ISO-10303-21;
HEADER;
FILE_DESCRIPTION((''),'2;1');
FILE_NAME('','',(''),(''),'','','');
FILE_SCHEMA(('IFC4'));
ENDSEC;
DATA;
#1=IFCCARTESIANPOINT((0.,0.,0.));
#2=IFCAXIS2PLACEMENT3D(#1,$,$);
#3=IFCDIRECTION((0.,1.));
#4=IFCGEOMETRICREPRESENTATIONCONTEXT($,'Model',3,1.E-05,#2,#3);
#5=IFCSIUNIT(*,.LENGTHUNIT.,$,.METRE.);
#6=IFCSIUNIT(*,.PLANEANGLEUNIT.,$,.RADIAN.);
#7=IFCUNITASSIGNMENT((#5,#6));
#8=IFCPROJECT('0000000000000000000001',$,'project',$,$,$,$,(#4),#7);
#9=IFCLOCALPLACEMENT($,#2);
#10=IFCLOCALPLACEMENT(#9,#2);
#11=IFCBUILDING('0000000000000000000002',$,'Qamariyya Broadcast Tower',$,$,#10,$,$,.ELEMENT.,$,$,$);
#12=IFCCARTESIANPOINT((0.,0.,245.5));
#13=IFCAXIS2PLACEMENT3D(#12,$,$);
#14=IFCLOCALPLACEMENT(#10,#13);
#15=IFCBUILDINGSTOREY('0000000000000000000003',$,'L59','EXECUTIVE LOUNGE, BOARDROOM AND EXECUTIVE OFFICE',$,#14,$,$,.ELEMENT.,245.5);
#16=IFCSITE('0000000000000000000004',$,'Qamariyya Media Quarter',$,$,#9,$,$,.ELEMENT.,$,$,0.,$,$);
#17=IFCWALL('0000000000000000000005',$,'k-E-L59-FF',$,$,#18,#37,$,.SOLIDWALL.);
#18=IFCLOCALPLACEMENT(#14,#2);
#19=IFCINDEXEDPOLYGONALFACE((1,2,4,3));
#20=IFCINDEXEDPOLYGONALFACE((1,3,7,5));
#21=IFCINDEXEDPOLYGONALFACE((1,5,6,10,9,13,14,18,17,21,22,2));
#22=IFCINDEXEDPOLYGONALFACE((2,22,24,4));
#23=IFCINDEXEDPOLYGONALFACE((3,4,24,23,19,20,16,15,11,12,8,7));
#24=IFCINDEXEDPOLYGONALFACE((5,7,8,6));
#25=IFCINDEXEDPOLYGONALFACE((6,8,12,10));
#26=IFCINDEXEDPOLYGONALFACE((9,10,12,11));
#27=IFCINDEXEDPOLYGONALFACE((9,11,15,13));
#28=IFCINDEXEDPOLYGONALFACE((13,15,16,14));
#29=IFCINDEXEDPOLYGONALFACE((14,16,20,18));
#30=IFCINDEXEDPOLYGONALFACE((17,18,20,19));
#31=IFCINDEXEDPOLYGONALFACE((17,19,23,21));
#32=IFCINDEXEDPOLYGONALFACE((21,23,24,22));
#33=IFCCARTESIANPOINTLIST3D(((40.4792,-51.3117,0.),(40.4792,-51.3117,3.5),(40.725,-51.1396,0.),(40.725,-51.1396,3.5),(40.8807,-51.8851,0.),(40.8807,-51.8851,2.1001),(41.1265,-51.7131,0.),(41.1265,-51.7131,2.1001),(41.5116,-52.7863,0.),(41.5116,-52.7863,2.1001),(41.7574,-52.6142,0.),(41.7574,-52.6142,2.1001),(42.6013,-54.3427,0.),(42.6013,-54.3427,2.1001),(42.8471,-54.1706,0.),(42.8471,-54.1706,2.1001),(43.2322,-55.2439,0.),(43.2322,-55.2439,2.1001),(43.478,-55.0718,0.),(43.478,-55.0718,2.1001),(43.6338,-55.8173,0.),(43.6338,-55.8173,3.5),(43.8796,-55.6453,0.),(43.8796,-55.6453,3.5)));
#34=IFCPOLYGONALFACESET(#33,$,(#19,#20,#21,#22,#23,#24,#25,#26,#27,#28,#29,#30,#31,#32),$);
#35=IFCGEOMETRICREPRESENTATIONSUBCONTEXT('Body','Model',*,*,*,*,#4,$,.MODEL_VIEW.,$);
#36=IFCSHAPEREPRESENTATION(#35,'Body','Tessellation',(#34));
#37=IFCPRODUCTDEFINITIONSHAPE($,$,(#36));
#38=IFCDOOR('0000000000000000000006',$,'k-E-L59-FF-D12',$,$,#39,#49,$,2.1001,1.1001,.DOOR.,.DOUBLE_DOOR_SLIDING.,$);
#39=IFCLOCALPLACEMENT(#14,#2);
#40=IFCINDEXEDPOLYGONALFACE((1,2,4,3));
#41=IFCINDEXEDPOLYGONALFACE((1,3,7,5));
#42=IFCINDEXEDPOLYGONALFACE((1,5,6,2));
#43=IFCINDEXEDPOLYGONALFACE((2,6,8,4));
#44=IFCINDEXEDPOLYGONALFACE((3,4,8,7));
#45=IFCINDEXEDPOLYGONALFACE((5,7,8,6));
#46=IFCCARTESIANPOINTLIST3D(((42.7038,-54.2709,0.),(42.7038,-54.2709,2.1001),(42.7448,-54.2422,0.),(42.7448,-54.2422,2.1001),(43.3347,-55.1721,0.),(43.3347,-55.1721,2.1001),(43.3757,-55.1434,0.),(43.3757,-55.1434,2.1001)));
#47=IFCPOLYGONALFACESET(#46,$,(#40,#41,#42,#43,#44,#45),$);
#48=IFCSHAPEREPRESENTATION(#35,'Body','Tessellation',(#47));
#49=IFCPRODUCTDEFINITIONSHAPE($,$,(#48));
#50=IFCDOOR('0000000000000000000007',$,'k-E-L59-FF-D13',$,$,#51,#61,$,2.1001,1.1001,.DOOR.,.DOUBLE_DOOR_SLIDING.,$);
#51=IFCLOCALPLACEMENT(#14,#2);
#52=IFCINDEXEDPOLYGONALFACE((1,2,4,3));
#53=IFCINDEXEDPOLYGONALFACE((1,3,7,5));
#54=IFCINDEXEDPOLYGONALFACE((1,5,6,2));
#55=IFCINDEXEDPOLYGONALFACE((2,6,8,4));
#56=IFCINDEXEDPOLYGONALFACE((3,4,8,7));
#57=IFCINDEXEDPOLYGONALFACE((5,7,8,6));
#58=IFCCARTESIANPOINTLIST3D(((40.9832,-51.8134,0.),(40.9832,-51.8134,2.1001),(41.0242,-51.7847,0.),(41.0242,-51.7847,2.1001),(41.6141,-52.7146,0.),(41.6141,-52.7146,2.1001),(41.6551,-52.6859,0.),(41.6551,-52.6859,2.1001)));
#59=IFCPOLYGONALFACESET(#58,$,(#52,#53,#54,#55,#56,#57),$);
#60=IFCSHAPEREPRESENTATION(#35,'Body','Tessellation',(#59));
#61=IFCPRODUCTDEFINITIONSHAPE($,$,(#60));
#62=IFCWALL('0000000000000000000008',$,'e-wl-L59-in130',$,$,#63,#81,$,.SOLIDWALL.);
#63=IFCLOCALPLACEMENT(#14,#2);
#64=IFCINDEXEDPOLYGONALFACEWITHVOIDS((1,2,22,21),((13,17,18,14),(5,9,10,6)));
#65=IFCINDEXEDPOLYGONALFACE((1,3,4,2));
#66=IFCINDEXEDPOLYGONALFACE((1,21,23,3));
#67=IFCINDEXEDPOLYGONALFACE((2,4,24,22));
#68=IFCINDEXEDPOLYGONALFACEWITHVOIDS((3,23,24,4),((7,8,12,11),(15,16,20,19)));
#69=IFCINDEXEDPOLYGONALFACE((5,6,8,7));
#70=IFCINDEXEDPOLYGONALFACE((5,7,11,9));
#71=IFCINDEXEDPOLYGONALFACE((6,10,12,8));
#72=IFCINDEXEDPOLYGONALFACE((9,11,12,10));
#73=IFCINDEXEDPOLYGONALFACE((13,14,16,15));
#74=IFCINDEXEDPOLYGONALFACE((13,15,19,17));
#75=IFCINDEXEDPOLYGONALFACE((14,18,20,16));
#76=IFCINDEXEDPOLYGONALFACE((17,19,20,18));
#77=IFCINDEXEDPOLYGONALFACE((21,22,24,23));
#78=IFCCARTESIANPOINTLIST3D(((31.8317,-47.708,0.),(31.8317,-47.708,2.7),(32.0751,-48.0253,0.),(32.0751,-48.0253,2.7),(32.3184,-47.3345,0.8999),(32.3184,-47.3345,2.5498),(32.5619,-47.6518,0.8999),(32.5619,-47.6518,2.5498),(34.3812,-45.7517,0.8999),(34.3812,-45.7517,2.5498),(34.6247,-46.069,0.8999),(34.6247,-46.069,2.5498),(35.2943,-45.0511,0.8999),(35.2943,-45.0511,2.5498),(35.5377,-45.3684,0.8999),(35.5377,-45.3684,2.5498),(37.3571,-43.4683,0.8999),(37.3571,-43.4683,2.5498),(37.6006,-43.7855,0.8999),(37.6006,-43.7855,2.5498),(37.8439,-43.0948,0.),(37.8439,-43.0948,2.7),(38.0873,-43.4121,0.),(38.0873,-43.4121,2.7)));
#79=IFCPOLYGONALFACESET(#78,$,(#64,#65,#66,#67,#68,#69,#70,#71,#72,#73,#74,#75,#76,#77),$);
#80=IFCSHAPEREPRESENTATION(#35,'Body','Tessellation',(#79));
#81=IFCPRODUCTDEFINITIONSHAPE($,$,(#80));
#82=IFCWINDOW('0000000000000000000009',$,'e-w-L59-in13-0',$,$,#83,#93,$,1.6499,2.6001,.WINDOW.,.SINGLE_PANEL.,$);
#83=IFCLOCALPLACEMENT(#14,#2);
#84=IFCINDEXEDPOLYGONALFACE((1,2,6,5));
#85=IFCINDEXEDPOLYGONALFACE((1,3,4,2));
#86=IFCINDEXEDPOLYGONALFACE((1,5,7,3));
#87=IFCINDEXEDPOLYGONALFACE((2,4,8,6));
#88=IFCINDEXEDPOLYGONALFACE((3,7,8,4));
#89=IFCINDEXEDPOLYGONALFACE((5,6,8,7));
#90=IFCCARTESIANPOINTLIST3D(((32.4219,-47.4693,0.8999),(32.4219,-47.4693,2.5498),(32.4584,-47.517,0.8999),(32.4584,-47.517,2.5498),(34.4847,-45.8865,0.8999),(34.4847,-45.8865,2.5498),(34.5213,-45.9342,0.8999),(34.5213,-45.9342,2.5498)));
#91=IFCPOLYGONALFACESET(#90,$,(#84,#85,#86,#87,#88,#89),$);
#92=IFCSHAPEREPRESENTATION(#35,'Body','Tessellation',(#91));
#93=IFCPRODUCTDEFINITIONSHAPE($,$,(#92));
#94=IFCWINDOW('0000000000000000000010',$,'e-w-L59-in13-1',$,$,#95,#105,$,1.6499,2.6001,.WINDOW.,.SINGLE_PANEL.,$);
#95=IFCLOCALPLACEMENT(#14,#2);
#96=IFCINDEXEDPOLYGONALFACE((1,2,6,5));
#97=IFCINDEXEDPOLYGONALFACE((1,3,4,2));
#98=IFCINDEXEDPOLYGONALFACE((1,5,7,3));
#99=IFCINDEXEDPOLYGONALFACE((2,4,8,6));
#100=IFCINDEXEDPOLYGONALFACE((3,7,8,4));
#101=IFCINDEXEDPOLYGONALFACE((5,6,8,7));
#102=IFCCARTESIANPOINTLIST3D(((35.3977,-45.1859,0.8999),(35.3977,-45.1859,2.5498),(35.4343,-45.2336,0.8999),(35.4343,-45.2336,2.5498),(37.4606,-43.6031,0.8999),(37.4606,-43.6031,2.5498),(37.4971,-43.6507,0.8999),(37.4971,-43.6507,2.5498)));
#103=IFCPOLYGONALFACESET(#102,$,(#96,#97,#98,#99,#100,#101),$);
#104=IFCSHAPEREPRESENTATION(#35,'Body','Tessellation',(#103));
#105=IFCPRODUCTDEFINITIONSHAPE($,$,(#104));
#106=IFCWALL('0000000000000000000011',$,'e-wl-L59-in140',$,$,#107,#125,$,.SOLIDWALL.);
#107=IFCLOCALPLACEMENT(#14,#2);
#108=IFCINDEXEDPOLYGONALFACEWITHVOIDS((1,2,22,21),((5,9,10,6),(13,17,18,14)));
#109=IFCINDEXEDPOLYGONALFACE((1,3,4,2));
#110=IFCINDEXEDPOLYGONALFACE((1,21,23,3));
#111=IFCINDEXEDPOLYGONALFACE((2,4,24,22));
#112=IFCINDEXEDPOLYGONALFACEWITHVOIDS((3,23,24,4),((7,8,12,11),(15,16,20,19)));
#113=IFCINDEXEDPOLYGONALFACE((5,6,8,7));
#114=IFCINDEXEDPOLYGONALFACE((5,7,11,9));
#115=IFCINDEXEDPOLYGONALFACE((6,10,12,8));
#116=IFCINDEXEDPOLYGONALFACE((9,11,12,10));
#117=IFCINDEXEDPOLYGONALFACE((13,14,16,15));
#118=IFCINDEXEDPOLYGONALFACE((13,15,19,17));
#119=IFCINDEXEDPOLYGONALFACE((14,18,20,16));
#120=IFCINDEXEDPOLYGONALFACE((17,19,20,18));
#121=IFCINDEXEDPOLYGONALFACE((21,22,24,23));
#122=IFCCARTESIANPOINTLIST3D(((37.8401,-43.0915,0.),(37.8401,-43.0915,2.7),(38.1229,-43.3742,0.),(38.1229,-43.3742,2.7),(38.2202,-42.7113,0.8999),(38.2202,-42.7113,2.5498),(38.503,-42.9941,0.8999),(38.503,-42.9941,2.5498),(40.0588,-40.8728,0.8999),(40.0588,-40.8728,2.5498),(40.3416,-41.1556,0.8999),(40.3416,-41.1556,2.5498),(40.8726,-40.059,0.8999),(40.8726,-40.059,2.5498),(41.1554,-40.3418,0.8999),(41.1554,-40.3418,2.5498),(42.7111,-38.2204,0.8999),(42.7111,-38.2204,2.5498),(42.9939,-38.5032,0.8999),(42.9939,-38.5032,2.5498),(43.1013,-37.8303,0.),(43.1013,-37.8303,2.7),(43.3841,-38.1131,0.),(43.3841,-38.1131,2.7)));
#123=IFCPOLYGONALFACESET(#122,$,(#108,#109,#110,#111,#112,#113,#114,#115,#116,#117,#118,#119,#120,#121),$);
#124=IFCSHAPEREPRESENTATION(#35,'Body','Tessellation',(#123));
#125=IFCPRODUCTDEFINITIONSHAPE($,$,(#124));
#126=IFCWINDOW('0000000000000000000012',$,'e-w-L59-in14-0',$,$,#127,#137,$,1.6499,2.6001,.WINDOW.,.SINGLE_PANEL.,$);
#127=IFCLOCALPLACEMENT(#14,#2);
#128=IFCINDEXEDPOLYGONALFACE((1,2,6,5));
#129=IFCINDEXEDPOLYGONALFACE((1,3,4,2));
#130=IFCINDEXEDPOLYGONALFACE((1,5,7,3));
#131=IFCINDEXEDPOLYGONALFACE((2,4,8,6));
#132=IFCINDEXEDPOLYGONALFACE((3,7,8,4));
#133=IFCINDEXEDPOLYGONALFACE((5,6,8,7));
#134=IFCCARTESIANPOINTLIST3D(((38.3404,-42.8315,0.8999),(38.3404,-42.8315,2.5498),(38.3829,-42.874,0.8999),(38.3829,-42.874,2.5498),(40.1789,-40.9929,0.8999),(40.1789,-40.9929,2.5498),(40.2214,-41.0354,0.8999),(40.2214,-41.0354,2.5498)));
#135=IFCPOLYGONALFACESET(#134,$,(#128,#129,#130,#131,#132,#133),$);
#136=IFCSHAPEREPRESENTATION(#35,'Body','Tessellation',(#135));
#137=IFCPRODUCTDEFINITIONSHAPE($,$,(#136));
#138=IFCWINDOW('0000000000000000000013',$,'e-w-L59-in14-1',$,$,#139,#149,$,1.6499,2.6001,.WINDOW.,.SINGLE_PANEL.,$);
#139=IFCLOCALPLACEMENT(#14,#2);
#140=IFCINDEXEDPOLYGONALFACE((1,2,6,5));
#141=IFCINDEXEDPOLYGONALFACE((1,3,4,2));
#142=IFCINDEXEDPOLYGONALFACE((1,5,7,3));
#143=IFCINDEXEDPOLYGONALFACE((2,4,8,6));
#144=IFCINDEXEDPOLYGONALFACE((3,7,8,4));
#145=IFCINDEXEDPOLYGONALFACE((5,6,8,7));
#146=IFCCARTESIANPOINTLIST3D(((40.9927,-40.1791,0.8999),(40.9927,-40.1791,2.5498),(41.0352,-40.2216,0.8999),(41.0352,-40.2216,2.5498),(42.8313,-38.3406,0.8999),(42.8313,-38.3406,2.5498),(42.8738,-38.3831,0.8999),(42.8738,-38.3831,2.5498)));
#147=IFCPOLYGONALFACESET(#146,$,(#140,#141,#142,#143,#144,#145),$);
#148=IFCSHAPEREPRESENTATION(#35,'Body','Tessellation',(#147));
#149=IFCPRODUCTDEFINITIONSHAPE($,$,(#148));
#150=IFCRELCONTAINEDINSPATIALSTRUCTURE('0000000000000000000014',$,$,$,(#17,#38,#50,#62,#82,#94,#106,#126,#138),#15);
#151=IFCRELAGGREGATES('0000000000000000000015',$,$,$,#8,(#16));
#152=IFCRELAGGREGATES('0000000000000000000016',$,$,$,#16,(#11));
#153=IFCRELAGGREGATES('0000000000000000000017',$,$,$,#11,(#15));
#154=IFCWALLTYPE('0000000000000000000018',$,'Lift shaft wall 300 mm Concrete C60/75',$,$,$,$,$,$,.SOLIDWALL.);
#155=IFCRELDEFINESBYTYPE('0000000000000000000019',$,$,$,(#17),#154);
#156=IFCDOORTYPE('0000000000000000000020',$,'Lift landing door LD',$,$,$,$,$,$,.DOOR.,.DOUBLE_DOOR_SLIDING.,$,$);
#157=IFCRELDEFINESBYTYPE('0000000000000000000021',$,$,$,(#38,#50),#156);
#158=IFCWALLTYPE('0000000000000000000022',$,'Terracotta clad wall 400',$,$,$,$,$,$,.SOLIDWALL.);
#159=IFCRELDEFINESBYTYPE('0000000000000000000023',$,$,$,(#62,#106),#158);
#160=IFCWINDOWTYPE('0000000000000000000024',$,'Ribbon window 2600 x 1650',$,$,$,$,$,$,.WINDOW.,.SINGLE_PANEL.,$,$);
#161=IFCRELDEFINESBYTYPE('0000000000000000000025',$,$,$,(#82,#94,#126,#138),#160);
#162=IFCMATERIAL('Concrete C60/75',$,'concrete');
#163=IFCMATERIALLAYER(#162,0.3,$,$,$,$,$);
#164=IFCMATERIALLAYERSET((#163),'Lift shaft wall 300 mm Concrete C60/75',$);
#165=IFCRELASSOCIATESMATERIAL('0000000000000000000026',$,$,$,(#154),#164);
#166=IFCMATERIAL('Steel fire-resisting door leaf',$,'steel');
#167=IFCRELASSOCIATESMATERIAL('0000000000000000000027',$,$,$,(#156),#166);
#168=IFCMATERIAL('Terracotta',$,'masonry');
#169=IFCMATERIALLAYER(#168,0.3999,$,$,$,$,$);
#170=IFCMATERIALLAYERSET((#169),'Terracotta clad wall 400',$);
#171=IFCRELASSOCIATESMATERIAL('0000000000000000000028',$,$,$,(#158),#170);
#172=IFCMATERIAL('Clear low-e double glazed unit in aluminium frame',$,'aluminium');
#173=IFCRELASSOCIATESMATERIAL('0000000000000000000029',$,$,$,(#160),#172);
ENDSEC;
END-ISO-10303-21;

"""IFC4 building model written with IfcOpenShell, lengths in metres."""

from ifc_helpers import new_model, si_unit, direction, frame, frame_2d, origin, place, context, subcontext, project, spatial, rectangle, extrude, material, layer, layer_set, type_object, element, fill, save


model = new_model("IFC4")

# Units and contexts
model_context = context("Model", 3, precision=1e-05, world=origin(), true_north=direction((0.0, 1.0)))
body_context = subcontext(model_context, "Body", "Model", "MODEL_VIEW")
ifc_project = project(units=[si_unit("LENGTHUNIT", "METRE"), si_unit("PLANEANGLEUNIT", "RADIAN")], contexts=[model_context])

# Site, building, storey
site_placement = place(None, origin())
site = spatial("IfcSite", under=ifc_project, at=site_placement, Name="Qamariyya Media Quarter", CompositionType="ELEMENT", RefElevation=0.0)
building_placement = place(site_placement, origin())
building = spatial("IfcBuilding", under=site, at=building_placement, Name="Qamariyya Broadcast Tower", CompositionType="ELEMENT")
storey_placement = place(building_placement, frame((0.0, 0.0, 245.5)))
storey = spatial("IfcBuildingStorey", under=building, at=storey_placement, Name="L59", Description="EXECUTIVE LOUNGE, BOARDROOM AND EXECUTIVE OFFICE", CompositionType="ELEMENT", Elevation=245.5)

# Shared definitions
ifc_material_1 = material(Name="Concrete C60/75", Category="concrete")

# Shared definitions
ifc_layer_1 = layer(ifc_material_1, 0.3)
ifc_layer_set_1 = layer_set([ifc_layer_1], Name="Lift shaft wall 300 mm Concrete C60/75")
wall_type_1 = type_object("IfcWallType", Name="Lift shaft wall 300 mm Concrete C60/75", PredefinedType="SOLIDWALL", material=ifc_layer_set_1)
ifc_material_2 = material(Name="Steel fire-resisting door leaf", Category="steel")

# Wall, openings, doors
wall_1_placement = place(storey_placement, frame((43.7566, -55.7312, 0.0), z_axis=(0.0, 0.0, 1.0), x_axis=(-0.573537, 0.81918, 0.0)))
wall_1 = element("IfcWall", 1, at=wall_1_placement, inside=storey, type_object=wall_type_1, Name="k-E-L59-FF", PredefinedType="SOLIDWALL", context=body_context, shape_type="SweptSolid", body=[
    extrude(rectangle(XDim=5.5002, YDim=0.3, at=frame_2d((2.75, 0.0))), origin(), (0.0, 0.0, 1.0), 3.5),
])
opening_1_placement = place(wall_1_placement, frame((0.7, 0.0, 0.0)))
opening_1 = element("IfcOpeningElement", 2, at=opening_1_placement, cuts=wall_1, PredefinedType="OPENING", context=body_context, shape_type="SweptSolid", body=[
    extrude(rectangle(XDim=1.1001, YDim=2.1001, at=frame_2d((0.55, 1.05))), frame((0.0, 0.1599, 0.0), z_axis=(0.0, -1.0, 0.0), x_axis=(1.0, 0.0, 0.0)), (0.0, 0.0, 1.0), 0.3201),
])
opening_2_placement = place(wall_1_placement, frame((3.7, 0.0, 0.0)))
opening_2 = element("IfcOpeningElement", 3, at=opening_2_placement, cuts=wall_1, PredefinedType="OPENING", context=body_context, shape_type="SweptSolid", body=[
    extrude(rectangle(XDim=1.1001, YDim=2.1001, at=frame_2d((0.55, 1.05))), frame((0.0, 0.1599, 0.0), z_axis=(0.0, -1.0, 0.0), x_axis=(1.0, 0.0, 0.0)), (0.0, 0.0, 1.0), 0.3201),
])
door_type_1 = type_object("IfcDoorType", Name="Lift landing door LD", OperationType="DOUBLE_DOOR_SLIDING", PredefinedType="DOOR", material=ifc_material_2)
door_1_placement = place(opening_1_placement, origin())
door_1 = element("IfcDoor", 4, at=door_1_placement, inside=storey, type_object=door_type_1, Name="k-E-L59-FF-D12", OperationType="DOUBLE_DOOR_SLIDING", OverallHeight=2.1001, OverallWidth=1.1001, PredefinedType="DOOR", context=body_context, shape_type="SweptSolid", body=[
    extrude(rectangle(XDim=1.1001, YDim=2.1001, at=frame_2d((0.55, 1.05))), frame((0.0, 0.0249, 0.0), z_axis=(0.0, -1.0, 0.0), x_axis=(1.0, 0.0, 0.0)), (0.0, 0.0, 1.0), 0.05),
])
fill(opening_1, door_1)
door_2_placement = place(opening_2_placement, origin())
door_2 = element("IfcDoor", 5, at=door_2_placement, inside=storey, type_object=door_type_1, Name="k-E-L59-FF-D13", OperationType="DOUBLE_DOOR_SLIDING", OverallHeight=2.1001, OverallWidth=1.1001, PredefinedType="DOOR", context=body_context, shape_type="SweptSolid", body=[
    extrude(rectangle(XDim=1.1001, YDim=2.1001, at=frame_2d((0.55, 1.05))), frame((0.0, 0.0249, 0.0), z_axis=(0.0, -1.0, 0.0), x_axis=(1.0, 0.0, 0.0)), (0.0, 0.0, 1.0), 0.05),
])
fill(opening_2, door_2)

# Walls, openings, windows
ifc_material_3 = material(Name="Terracotta", Category="masonry")
ifc_layer_2 = layer(ifc_material_3, 0.3999)
ifc_layer_set_2 = layer_set([ifc_layer_2], Name="Terracotta clad wall 400")
wall_type_2 = type_object("IfcWallType", Name="Terracotta clad wall 400", PredefinedType="SOLIDWALL", material=ifc_layer_set_2)
wall_2_placement = place(storey_placement, frame((37.9656, -43.2534, 0.0), z_axis=(0.0, 0.0, 1.0), x_axis=(-0.793356, -0.608757, 0.0)))
wall_2 = element("IfcWall", 6, at=wall_2_placement, inside=storey, type_object=wall_type_2, Name="e-wl-L59-in130", PredefinedType="SOLIDWALL", context=body_context, shape_type="SweptSolid", body=[
    extrude(rectangle(XDim=7.5781, YDim=0.3999, at=frame_2d((3.7891, 0.0))), origin(), (0.0, 0.0, 1.0), 2.7),
])
opening_3_placement = place(wall_2_placement, frame((4.3645, 0.0, 0.8999)))
opening_3 = element("IfcOpeningElement", 7, at=opening_3_placement, cuts=wall_2, PredefinedType="OPENING", context=body_context, shape_type="SweptSolid", body=[
    extrude(rectangle(XDim=2.6001, YDim=1.6499, at=frame_2d((1.3, 0.825))), frame((0.0, 0.21, 0.0), z_axis=(0.0, -1.0, 0.0), x_axis=(1.0, 0.0, 0.0)), (0.0, 0.0, 1.0), 0.4199),
])
opening_4_placement = place(wall_2_placement, frame((0.6135, 0.0, 0.8999)))
opening_4 = element("IfcOpeningElement", 8, at=opening_4_placement, cuts=wall_2, PredefinedType="OPENING", context=body_context, shape_type="SweptSolid", body=[
    extrude(rectangle(XDim=2.6001, YDim=1.6499, at=frame_2d((1.3, 0.825))), frame((0.0, 0.21, 0.0), z_axis=(0.0, -1.0, 0.0), x_axis=(1.0, 0.0, 0.0)), (0.0, 0.0, 1.0), 0.4199),
])
ifc_material_4 = material(Name="Clear low-e double glazed unit in aluminium frame", Category="aluminium")
window_type = type_object("IfcWindowType", Name="Ribbon window 2600 x 1650", PartitioningType="SINGLE_PANEL", PredefinedType="WINDOW", material=ifc_material_4)
window_1_placement = place(opening_3_placement, origin())
window_1 = element("IfcWindow", 9, at=window_1_placement, inside=storey, type_object=window_type, Name="e-w-L59-in13-0", OverallHeight=1.6499, OverallWidth=2.6001, PartitioningType="SINGLE_PANEL", PredefinedType="WINDOW", context=body_context, shape_type="SweptSolid", body=[
    extrude(rectangle(XDim=2.6001, YDim=1.6499, at=frame_2d((1.3, 0.825))), frame((0.0, 0.03, 0.0), z_axis=(0.0, -1.0, 0.0), x_axis=(1.0, 0.0, 0.0)), (0.0, 0.0, 1.0), 0.0601),
])
fill(opening_3, window_1)
window_2_placement = place(opening_4_placement, origin())
window_2 = element("IfcWindow", 10, at=window_2_placement, inside=storey, type_object=window_type, Name="e-w-L59-in13-1", OverallHeight=1.6499, OverallWidth=2.6001, PartitioningType="SINGLE_PANEL", PredefinedType="WINDOW", context=body_context, shape_type="SweptSolid", body=[
    extrude(rectangle(XDim=2.6001, YDim=1.6499, at=frame_2d((1.3, 0.825))), frame((0.0, 0.03, 0.0), z_axis=(0.0, -1.0, 0.0), x_axis=(1.0, 0.0, 0.0)), (0.0, 0.0, 1.0), 0.0601),
])
fill(opening_4, window_2)
wall_3_placement = place(storey_placement, frame((43.2427, -37.9717, 0.0), z_axis=(0.0, 0.0, 1.0), x_axis=(-0.707107, -0.707107, 0.0)))
wall_3 = element("IfcWall", 11, at=wall_3_placement, inside=storey, type_object=wall_type_2, Name="e-wl-L59-in140", PredefinedType="SOLIDWALL", context=body_context, shape_type="SweptSolid", body=[
    extrude(rectangle(XDim=7.4404, YDim=0.3999, at=frame_2d((3.7202, 0.0))), origin(), (0.0, 0.0, 1.0), 2.7),
])
opening_5_placement = place(wall_3_placement, frame((4.3027, 0.0, 0.8999)))
opening_5 = element("IfcOpeningElement", 12, at=opening_5_placement, cuts=wall_3, PredefinedType="OPENING", context=body_context, shape_type="SweptSolid", body=[
    extrude(rectangle(XDim=2.6001, YDim=1.6499, at=frame_2d((1.3, 0.825))), frame((0.0, 0.21, 0.0), z_axis=(0.0, -1.0, 0.0), x_axis=(1.0, 0.0, 0.0)), (0.0, 0.0, 1.0), 0.4199),
])
opening_6_placement = place(wall_3_placement, frame((0.5518, 0.0, 0.8999)))
opening_6 = element("IfcOpeningElement", 13, at=opening_6_placement, cuts=wall_3, PredefinedType="OPENING", context=body_context, shape_type="SweptSolid", body=[
    extrude(rectangle(XDim=2.6001, YDim=1.6499, at=frame_2d((1.3, 0.825))), frame((0.0, 0.21, 0.0), z_axis=(0.0, -1.0, 0.0), x_axis=(1.0, 0.0, 0.0)), (0.0, 0.0, 1.0), 0.4199),
])
window_3_placement = place(opening_5_placement, origin())
window_3 = element("IfcWindow", 14, at=window_3_placement, inside=storey, type_object=window_type, Name="e-w-L59-in14-0", OverallHeight=1.6499, OverallWidth=2.6001, PartitioningType="SINGLE_PANEL", PredefinedType="WINDOW", context=body_context, shape_type="SweptSolid", body=[
    extrude(rectangle(XDim=2.6001, YDim=1.6499, at=frame_2d((1.3, 0.825))), frame((0.0, 0.03, 0.0), z_axis=(0.0, -1.0, 0.0), x_axis=(1.0, 0.0, 0.0)), (0.0, 0.0, 1.0), 0.0601),
])
fill(opening_5, window_3)
window_4_placement = place(opening_6_placement, origin())
window_4 = element("IfcWindow", 15, at=window_4_placement, inside=storey, type_object=window_type, Name="e-w-L59-in14-1", OverallHeight=1.6499, OverallWidth=2.6001, PartitioningType="SINGLE_PANEL", PredefinedType="WINDOW", context=body_context, shape_type="SweptSolid", body=[
    extrude(rectangle(XDim=2.6001, YDim=1.6499, at=frame_2d((1.3, 0.825))), frame((0.0, 0.03, 0.0), z_axis=(0.0, -1.0, 0.0), x_axis=(1.0, 0.0, 0.0)), (0.0, 0.0, 1.0), 0.0601),
])
fill(opening_6, window_4)

save(model, "model.ifc")
